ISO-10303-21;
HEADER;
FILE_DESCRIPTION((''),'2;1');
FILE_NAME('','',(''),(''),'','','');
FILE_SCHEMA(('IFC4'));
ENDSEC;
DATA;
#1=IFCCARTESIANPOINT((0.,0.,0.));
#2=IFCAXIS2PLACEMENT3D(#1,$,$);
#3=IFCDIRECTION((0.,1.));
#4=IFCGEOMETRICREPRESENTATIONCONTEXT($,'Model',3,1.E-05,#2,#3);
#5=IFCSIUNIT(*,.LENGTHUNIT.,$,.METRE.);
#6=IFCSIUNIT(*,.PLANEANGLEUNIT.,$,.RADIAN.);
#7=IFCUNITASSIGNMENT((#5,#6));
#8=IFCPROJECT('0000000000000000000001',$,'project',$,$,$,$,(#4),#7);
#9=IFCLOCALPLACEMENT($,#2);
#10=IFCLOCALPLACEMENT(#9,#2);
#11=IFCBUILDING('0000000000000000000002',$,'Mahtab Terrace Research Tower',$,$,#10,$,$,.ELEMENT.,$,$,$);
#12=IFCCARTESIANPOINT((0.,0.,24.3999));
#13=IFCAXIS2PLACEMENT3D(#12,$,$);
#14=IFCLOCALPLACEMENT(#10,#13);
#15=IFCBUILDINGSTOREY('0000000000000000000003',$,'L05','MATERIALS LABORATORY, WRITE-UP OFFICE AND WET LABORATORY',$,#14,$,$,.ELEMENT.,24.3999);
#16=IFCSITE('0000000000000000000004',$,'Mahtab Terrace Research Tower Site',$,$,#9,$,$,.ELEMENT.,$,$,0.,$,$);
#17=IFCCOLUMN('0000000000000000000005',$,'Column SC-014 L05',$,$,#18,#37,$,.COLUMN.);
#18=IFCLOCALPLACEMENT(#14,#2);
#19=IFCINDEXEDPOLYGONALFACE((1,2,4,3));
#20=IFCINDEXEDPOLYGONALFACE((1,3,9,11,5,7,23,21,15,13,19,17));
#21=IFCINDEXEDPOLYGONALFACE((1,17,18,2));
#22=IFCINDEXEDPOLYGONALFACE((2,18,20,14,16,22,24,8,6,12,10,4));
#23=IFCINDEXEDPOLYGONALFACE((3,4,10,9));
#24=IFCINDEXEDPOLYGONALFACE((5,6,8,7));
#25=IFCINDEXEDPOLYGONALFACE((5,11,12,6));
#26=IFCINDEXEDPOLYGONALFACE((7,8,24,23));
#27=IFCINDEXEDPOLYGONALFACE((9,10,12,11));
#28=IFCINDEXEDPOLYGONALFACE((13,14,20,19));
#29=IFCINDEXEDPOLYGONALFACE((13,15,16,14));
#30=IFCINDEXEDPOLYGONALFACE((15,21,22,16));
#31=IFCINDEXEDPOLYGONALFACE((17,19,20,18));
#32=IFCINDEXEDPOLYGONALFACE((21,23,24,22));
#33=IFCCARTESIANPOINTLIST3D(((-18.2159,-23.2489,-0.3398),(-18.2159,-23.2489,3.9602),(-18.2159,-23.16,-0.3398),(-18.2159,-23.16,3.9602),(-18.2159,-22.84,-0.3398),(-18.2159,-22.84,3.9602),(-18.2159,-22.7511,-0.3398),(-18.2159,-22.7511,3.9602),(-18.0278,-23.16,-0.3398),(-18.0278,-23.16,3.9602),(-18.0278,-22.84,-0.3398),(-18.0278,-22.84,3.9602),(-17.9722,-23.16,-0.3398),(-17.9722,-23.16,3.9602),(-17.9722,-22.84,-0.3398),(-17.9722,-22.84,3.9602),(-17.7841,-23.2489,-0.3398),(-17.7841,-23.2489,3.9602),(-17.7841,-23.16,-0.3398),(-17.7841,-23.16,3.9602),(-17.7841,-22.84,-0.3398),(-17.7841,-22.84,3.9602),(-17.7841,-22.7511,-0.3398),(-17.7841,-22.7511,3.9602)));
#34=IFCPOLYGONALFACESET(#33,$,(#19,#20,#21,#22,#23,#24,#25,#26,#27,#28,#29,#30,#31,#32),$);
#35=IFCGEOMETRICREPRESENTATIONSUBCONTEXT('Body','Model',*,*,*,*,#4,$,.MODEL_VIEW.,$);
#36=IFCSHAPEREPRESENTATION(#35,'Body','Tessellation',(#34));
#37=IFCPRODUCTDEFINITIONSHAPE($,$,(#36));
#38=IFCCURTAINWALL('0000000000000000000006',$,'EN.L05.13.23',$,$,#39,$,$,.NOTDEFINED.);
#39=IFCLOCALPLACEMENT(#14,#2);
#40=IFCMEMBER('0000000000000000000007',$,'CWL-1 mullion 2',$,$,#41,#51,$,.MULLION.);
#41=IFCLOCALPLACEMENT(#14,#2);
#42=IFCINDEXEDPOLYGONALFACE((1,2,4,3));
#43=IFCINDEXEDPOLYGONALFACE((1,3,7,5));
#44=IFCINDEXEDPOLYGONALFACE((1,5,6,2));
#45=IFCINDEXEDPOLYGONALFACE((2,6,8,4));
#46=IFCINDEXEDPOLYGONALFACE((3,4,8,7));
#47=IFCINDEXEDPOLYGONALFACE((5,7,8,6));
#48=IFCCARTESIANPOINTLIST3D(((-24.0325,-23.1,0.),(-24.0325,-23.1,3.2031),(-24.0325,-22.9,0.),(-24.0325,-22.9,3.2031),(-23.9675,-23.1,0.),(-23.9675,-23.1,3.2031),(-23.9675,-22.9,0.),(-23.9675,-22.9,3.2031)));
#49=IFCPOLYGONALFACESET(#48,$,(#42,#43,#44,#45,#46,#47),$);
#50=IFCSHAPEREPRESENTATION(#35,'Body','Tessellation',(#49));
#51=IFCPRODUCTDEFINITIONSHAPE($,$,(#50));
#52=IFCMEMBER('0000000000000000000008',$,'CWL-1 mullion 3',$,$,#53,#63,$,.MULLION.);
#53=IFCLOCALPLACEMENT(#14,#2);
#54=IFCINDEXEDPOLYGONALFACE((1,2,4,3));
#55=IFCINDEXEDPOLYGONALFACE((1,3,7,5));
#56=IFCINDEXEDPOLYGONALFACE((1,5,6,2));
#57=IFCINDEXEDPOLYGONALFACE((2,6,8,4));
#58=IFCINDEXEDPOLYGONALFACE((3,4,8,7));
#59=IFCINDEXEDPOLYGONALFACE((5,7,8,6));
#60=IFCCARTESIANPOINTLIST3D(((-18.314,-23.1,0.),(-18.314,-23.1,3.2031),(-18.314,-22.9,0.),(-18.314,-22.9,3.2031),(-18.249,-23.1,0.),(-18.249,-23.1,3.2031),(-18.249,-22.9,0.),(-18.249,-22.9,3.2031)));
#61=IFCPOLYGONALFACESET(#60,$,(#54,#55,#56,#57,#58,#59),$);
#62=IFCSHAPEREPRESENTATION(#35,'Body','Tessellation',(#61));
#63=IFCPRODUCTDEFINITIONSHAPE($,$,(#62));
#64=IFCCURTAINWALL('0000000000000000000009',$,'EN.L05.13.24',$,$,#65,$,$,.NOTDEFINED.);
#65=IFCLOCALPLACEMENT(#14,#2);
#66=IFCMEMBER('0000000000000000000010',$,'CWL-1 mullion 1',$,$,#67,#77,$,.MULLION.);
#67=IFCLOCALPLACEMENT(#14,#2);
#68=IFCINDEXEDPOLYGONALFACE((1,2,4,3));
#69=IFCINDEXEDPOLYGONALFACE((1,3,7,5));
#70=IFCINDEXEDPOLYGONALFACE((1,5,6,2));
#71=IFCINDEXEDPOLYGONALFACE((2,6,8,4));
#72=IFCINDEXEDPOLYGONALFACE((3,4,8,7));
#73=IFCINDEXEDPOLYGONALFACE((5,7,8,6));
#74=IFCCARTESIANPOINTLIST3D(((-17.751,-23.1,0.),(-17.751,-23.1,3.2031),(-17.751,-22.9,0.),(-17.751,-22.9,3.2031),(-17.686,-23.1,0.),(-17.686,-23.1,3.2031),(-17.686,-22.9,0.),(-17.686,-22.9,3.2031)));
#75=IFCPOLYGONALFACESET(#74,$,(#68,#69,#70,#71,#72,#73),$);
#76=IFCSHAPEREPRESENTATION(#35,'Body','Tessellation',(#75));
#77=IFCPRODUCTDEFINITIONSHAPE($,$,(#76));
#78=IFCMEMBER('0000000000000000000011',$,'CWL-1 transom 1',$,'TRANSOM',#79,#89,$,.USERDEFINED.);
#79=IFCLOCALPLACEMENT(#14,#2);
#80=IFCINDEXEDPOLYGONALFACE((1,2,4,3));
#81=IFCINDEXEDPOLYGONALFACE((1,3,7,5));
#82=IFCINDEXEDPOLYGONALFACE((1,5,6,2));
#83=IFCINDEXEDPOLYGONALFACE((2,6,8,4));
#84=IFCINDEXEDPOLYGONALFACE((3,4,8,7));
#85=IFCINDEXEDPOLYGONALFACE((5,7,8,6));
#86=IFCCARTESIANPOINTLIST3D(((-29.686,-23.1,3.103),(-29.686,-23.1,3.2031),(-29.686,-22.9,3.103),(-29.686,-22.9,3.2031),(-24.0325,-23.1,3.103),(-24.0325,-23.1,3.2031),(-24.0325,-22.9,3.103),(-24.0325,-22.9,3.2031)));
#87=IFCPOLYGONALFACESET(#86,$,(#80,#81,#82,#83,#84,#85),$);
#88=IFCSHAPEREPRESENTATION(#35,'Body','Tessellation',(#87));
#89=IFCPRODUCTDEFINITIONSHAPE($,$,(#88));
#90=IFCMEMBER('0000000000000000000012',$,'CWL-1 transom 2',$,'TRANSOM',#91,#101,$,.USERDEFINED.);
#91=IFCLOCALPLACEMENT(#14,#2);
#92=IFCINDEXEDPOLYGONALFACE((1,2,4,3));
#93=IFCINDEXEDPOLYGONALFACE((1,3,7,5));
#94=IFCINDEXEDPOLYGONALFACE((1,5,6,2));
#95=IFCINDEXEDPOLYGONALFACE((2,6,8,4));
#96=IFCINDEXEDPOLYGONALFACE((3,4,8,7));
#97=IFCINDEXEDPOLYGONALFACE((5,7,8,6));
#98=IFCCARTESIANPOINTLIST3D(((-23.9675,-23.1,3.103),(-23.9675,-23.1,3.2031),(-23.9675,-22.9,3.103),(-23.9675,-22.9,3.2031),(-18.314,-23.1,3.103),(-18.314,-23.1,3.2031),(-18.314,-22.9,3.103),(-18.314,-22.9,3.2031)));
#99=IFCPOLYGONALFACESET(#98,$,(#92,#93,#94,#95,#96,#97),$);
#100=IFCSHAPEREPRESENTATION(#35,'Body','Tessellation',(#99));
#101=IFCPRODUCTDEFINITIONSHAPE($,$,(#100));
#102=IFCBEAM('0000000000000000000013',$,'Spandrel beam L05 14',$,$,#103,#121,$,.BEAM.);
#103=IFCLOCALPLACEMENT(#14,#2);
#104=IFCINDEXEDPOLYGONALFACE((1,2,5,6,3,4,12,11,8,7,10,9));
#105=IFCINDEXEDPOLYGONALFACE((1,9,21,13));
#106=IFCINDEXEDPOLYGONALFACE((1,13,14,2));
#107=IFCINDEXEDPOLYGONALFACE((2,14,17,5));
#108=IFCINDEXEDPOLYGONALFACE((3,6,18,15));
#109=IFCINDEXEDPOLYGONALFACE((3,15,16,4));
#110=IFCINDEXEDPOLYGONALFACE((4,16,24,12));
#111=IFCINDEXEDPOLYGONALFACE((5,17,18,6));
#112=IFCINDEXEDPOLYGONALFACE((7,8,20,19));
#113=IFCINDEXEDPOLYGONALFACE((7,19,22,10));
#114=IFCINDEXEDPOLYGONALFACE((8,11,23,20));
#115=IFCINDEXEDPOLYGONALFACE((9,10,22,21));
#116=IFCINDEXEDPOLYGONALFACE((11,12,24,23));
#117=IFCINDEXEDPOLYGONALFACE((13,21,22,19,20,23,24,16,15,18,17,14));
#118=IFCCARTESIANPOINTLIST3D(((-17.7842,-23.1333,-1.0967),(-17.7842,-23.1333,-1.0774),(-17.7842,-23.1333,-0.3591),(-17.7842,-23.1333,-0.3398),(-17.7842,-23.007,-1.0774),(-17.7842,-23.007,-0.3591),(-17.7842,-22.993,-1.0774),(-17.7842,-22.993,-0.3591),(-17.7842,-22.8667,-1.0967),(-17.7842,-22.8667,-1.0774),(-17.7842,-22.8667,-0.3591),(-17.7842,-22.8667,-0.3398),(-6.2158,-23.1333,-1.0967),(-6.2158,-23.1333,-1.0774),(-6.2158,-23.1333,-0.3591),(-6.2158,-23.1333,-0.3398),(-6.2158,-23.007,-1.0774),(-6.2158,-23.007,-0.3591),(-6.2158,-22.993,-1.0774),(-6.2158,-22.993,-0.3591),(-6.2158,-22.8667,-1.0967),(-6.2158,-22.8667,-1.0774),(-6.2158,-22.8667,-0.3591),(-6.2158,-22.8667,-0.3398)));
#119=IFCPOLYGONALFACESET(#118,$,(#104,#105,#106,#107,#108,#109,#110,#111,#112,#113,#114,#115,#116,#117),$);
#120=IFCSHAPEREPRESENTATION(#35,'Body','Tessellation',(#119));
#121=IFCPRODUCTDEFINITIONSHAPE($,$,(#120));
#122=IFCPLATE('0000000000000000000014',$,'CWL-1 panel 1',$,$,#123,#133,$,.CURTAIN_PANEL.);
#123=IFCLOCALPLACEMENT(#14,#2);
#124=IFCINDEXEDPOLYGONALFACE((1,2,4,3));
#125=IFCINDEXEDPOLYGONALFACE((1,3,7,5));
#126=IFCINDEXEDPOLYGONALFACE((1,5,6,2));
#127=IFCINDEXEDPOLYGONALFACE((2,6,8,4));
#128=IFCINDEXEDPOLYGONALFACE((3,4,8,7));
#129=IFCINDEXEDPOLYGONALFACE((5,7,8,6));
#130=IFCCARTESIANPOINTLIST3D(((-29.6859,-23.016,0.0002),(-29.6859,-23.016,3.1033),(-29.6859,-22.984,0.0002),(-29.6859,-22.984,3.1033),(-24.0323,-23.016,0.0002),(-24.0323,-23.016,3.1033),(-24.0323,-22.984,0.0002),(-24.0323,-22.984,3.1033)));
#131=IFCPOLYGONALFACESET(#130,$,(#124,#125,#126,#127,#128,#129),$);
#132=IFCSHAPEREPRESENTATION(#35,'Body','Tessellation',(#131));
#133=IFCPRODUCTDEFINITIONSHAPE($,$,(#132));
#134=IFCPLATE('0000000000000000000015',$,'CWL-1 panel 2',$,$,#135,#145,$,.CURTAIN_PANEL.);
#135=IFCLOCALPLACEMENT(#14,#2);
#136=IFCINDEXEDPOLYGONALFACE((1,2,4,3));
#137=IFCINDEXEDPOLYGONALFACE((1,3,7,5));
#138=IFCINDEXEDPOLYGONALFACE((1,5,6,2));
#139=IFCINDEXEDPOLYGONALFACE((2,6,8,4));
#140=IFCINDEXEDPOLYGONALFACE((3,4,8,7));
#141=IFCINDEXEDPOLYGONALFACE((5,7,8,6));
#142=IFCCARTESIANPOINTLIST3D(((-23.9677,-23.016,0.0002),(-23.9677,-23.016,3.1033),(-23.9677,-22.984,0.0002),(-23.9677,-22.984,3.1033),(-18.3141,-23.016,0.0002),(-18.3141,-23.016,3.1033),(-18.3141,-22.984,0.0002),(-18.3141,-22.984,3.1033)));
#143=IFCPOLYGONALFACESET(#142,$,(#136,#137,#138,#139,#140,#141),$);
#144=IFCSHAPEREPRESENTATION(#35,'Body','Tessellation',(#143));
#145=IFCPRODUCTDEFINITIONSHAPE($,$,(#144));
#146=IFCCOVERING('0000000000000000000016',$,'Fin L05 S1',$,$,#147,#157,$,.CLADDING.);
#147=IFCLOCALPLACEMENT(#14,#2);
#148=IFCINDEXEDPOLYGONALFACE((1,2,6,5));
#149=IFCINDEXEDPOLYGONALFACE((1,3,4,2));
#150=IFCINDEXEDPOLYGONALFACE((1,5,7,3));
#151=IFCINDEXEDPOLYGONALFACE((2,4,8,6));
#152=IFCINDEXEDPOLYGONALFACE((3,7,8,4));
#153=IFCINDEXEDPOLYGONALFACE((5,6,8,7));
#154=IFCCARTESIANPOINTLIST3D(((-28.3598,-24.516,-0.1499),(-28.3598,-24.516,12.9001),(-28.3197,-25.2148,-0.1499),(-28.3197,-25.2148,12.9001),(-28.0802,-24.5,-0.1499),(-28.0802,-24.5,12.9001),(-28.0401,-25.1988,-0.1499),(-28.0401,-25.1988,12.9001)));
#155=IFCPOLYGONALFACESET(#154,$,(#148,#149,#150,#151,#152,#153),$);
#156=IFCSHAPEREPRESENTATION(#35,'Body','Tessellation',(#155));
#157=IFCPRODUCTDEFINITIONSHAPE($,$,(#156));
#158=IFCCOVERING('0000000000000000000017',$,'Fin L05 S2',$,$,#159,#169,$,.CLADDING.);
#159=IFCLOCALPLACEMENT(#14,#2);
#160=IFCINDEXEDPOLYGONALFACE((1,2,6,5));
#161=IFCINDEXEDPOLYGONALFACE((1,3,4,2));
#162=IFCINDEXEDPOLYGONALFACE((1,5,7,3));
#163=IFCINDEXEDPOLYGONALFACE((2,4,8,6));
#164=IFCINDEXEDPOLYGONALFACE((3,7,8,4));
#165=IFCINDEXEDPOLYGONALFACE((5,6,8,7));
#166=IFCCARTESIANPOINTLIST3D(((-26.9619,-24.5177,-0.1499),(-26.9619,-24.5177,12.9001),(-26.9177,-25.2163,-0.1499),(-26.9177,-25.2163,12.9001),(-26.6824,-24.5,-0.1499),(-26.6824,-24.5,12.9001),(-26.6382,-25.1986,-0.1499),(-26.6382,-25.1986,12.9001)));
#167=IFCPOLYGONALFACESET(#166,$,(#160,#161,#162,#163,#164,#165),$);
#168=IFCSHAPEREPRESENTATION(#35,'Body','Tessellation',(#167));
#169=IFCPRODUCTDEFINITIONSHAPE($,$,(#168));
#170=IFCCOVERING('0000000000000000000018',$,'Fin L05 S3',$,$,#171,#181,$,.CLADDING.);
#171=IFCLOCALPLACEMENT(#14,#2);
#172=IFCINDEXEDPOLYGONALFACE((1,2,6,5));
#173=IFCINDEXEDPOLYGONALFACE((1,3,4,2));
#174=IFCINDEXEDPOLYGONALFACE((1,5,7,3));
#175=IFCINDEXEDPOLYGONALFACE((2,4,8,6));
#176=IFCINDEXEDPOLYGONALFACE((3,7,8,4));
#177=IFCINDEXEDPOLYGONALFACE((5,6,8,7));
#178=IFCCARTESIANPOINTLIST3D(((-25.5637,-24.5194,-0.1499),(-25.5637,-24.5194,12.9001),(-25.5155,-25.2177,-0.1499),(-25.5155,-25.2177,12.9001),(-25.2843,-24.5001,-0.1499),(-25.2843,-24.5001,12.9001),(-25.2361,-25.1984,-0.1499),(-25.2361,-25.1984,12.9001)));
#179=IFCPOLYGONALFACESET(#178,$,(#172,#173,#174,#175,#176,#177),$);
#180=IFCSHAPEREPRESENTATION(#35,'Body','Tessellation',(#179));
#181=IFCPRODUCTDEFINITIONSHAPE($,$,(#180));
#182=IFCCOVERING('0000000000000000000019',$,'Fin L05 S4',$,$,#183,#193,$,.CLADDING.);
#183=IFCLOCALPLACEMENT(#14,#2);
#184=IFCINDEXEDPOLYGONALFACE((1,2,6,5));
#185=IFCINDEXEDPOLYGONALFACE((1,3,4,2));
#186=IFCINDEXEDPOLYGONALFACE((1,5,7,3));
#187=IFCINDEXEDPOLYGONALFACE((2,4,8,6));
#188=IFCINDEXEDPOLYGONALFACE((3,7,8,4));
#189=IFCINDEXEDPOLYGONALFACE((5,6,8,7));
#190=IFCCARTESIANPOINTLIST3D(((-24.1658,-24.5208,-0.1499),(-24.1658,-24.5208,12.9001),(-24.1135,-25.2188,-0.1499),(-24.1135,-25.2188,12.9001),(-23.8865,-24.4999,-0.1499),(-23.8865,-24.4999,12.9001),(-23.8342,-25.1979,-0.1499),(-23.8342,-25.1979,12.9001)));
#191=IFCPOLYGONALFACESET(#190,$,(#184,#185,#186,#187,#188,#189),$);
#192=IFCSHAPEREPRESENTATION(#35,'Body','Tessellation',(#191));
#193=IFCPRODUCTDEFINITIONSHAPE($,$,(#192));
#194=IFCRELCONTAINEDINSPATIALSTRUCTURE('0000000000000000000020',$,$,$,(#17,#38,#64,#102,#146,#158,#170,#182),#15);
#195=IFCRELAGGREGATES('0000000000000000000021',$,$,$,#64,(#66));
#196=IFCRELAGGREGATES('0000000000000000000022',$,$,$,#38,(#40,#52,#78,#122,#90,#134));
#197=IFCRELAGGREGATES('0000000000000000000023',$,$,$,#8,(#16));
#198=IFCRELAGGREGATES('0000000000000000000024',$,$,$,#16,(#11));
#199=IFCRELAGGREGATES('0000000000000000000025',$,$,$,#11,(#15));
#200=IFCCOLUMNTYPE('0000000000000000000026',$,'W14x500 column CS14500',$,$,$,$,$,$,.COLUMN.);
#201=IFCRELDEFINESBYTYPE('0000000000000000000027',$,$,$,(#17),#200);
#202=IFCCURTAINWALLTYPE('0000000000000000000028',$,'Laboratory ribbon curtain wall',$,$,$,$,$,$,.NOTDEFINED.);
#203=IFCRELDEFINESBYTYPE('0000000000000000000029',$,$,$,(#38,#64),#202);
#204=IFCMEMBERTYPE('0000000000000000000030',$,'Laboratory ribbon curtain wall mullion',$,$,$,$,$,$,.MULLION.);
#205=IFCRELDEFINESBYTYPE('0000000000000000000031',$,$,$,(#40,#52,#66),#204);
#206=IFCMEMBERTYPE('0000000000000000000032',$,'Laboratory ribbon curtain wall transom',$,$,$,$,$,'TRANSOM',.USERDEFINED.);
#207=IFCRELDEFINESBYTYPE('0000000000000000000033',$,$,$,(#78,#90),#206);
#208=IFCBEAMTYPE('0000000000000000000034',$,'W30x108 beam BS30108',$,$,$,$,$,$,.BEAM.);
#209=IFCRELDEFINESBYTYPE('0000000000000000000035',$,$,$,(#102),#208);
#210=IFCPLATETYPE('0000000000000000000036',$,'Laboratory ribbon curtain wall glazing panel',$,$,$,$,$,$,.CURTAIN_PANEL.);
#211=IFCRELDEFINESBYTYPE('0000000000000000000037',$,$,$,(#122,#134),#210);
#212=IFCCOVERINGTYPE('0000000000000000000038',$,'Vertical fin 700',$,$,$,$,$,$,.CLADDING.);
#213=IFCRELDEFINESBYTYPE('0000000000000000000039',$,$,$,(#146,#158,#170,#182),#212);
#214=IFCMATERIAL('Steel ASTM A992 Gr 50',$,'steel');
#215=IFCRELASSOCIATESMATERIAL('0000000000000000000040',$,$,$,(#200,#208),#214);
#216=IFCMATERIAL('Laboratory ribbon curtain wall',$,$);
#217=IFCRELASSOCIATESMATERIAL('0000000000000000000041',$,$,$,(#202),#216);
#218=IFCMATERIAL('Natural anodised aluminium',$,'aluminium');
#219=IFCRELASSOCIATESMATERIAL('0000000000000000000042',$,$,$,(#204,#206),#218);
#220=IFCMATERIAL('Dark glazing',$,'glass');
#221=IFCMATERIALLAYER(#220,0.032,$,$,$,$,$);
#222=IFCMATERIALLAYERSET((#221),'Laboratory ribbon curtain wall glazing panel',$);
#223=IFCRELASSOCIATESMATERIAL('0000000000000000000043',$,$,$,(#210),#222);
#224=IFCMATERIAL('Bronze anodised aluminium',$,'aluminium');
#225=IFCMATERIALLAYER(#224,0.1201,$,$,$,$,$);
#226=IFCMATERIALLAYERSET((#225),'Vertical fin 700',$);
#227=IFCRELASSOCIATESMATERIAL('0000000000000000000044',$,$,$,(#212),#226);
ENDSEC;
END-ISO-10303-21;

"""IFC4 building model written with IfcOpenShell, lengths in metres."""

from ifc_helpers import new_model, si_unit, direction, frame, origin, origin_2d, place, context, subcontext, project, spatial, rectangle, i_section, extrude, material, layer, layer_set, material_profile, profile_set, type_object, element, aggregate, save


model = new_model("IFC4")

# Units and contexts
model_context = context("Model", 3, precision=1e-05, world=origin(), true_north=direction((0.0, 1.0)))
body_context = subcontext(model_context, "Body", "Model", "MODEL_VIEW")
ifc_project = project(units=[si_unit("LENGTHUNIT", "METRE"), si_unit("PLANEANGLEUNIT", "RADIAN")], contexts=[model_context])

# Site, building, storey
site_placement = place(None, origin())
site = spatial("IfcSite", under=ifc_project, at=site_placement, Name="Mahtab Terrace Research Tower Site", CompositionType="ELEMENT", RefElevation=0.0)
building_placement = place(site_placement, origin())
building = spatial("IfcBuilding", under=site, at=building_placement, Name="Mahtab Terrace Research Tower", CompositionType="ELEMENT")
storey_placement = place(building_placement, frame((0.0, 0.0, 24.3999)))
storey = spatial("IfcBuildingStorey", under=building, at=storey_placement, Name="L05", Description="MATERIALS LABORATORY, WRITE-UP OFFICE AND WET LABORATORY", CompositionType="ELEMENT", Elevation=24.3999)

# Column
ifc_material_1 = material(Name="Steel ASTM A992 Gr 50", Category="steel")
ifc_material_profile_1 = material_profile(ifc_material_1, i_section(OverallWidth=0.4319, OverallDepth=0.4978, WebThickness=0.0557, FlangeThickness=0.0889, at=origin_2d()), Name="W14X500")
ifc_profile_set_1 = profile_set([ifc_material_profile_1], Name="Steel ASTM A992 Gr 50")
column_type = type_object("IfcColumnType", Name="W14x500 column CS14500", PredefinedType="COLUMN", material=ifc_profile_set_1)
column_placement = place(storey_placement, frame((-18.0, -23.0, -0.3398), z_axis=(0.0, 0.0, 1.0), x_axis=(1.0, 0.0, 0.0)))
element("IfcColumn", 1, at=column_placement, inside=storey, type_object=column_type, Name="Column SC-014 L05", PredefinedType="COLUMN", context=body_context, shape_type="SweptSolid", body=[
    extrude(i_section(OverallWidth=0.4319, OverallDepth=0.4978, WebThickness=0.0557, FlangeThickness=0.0889, at=origin_2d()), origin(), (0.0, 0.0, 1.0), 4.3),
])

# Curtain wall, members
ifc_material_2 = material(Name="Laboratory ribbon curtain wall")
curtain_wall_type = type_object("IfcCurtainWallType", Name="Laboratory ribbon curtain wall", PredefinedType="NOTDEFINED", material=ifc_material_2)
curtain_wall_1_placement = place(storey_placement, origin())
curtain_wall_1 = element("IfcCurtainWall", 2, at=curtain_wall_1_placement, inside=storey, type_object=curtain_wall_type, Name="EN.L05.13.23", PredefinedType="NOTDEFINED")
ifc_material_3 = material(Name="Natural anodised aluminium", Category="aluminium")
ifc_material_profile_2 = material_profile(ifc_material_3, rectangle(XDim=0.2, YDim=0.0649, at=origin_2d()), Name="MULLION 65x200")
ifc_profile_set_2 = profile_set([ifc_material_profile_2], Name="Natural anodised aluminium")
member_type_1 = type_object("IfcMemberType", Name="Laboratory ribbon curtain wall mullion", PredefinedType="MULLION", material=ifc_profile_set_2)
member_1_placement = place(storey_placement, frame((-24.0, -23.0, 0.0), z_axis=(0.0, 0.0, 1.0), x_axis=(0.0, 1.0, 0.0)))
member_1 = element("IfcMember", 3, at=member_1_placement, type_object=member_type_1, Name="CWL-1 mullion 2", PredefinedType="MULLION", context=body_context, shape_type="SweptSolid", body=[
    extrude(rectangle(XDim=0.2, YDim=0.0649, at=origin_2d()), origin(), (0.0, 0.0, 1.0), 3.2031),
])
member_2_placement = place(storey_placement, frame((-18.2815, -23.0, 0.0), z_axis=(0.0, 0.0, 1.0), x_axis=(0.0, 1.0, 0.0)))
member_2 = element("IfcMember", 4, at=member_2_placement, type_object=member_type_1, Name="CWL-1 mullion 3", PredefinedType="MULLION", context=body_context, shape_type="SweptSolid", body=[
    extrude(rectangle(XDim=0.2, YDim=0.0649, at=origin_2d()), origin(), (0.0, 0.0, 1.0), 3.2031),
])

# Curtain wall, member
curtain_wall_2_placement = place(storey_placement, origin())
curtain_wall_2 = element("IfcCurtainWall", 5, at=curtain_wall_2_placement, inside=storey, type_object=curtain_wall_type, Name="EN.L05.13.24", PredefinedType="NOTDEFINED")
member_3_placement = place(storey_placement, frame((-17.7185, -23.0, 0.0), z_axis=(0.0, 0.0, 1.0), x_axis=(0.0, 1.0, 0.0)))
member_3 = element("IfcMember", 6, at=member_3_placement, type_object=member_type_1, Name="CWL-1 mullion 1", PredefinedType="MULLION", context=body_context, shape_type="SweptSolid", body=[
    extrude(rectangle(XDim=0.2, YDim=0.0649, at=origin_2d()), origin(), (0.0, 0.0, 1.0), 3.2031),
])
aggregate(curtain_wall_2, [member_3])

# Members
ifc_material_profile_3 = material_profile(ifc_material_3, rectangle(XDim=0.2, YDim=0.1001, at=origin_2d()), Name="TRANSOM 100x200")
ifc_profile_set_3 = profile_set([ifc_material_profile_3], Name="Natural anodised aluminium")
member_type_2 = type_object("IfcMemberType", Name="Laboratory ribbon curtain wall transom", ElementType="TRANSOM", PredefinedType="USERDEFINED", material=ifc_profile_set_3)
member_4_placement = place(storey_placement, frame((-29.686, -23.0, 3.1531), z_axis=(1.0, 0.0, 0.0), x_axis=(0.0, 1.0, 0.0)))
member_4 = element("IfcMember", 7, at=member_4_placement, type_object=member_type_2, Name="CWL-1 transom 1", ObjectType="TRANSOM", PredefinedType="USERDEFINED", context=body_context, shape_type="SweptSolid", body=[
    extrude(rectangle(XDim=0.2, YDim=0.1001, at=origin_2d()), origin(), (0.0, 0.0, 1.0), 5.6536),
])
member_5_placement = place(storey_placement, frame((-23.9675, -23.0, 3.1531), z_axis=(1.0, 0.0, 0.0), x_axis=(0.0, 1.0, 0.0)))
member_5 = element("IfcMember", 8, at=member_5_placement, type_object=member_type_2, Name="CWL-1 transom 2", ObjectType="TRANSOM", PredefinedType="USERDEFINED", context=body_context, shape_type="SweptSolid", body=[
    extrude(rectangle(XDim=0.2, YDim=0.1001, at=origin_2d()), origin(), (0.0, 0.0, 1.0), 5.6536),
])

# Beam
ifc_material_profile_4 = material_profile(ifc_material_1, i_section(OverallWidth=0.2666, OverallDepth=0.7568, WebThickness=0.0139, FlangeThickness=0.0193, at=origin_2d()), Name="W30X108")
ifc_profile_set_4 = profile_set([ifc_material_profile_4], Name="Steel ASTM A992 Gr 50")
beam_type = type_object("IfcBeamType", Name="W30x108 beam BS30108", PredefinedType="BEAM", material=ifc_profile_set_4)
beam_placement = place(storey_placement, frame((-17.7842, -23.0, -0.7183), z_axis=(1.0, 0.0, 0.0), x_axis=(0.0, 1.0, 0.0)))
element("IfcBeam", 9, at=beam_placement, inside=storey, type_object=beam_type, Name="Spandrel beam L05 14", PredefinedType="BEAM", context=body_context, shape_type="SweptSolid", body=[
    extrude(i_section(OverallWidth=0.2666, OverallDepth=0.7568, WebThickness=0.0139, FlangeThickness=0.0193, at=origin_2d()), origin(), (0.0, 0.0, 1.0), 11.5684),
])

# Plates
ifc_material_4 = material(Name="Dark glazing", Category="glass")
ifc_layer_1 = layer(ifc_material_4, 0.032)
ifc_layer_set_1 = layer_set([ifc_layer_1], Name="Laboratory ribbon curtain wall glazing panel")
plate_type = type_object("IfcPlateType", Name="Laboratory ribbon curtain wall glazing panel", PredefinedType="CURTAIN_PANEL", material=ifc_layer_set_1)
plate_1_placement = place(storey_placement, frame((-26.8591, -23.0, 0.0002), z_axis=(0.0, 0.0, 1.0), x_axis=(1.0, 0.0, 0.0)))
plate_1 = element("IfcPlate", 10, at=plate_1_placement, type_object=plate_type, Name="CWL-1 panel 1", PredefinedType="CURTAIN_PANEL", context=body_context, shape_type="SweptSolid", body=[
    extrude(rectangle(XDim=5.6536, YDim=0.032, at=origin_2d()), origin(), (0.0, 0.0, 1.0), 3.103),
])
plate_2_placement = place(storey_placement, frame((-21.1409, -23.0, 0.0002), z_axis=(0.0, 0.0, 1.0), x_axis=(1.0, 0.0, 0.0)))
plate_2 = element("IfcPlate", 11, at=plate_2_placement, type_object=plate_type, Name="CWL-1 panel 2", PredefinedType="CURTAIN_PANEL", context=body_context, shape_type="SweptSolid", body=[
    extrude(rectangle(XDim=5.6536, YDim=0.032, at=origin_2d()), origin(), (0.0, 0.0, 1.0), 3.103),
])
aggregate(curtain_wall_1, [member_1, member_2, member_4, plate_1, member_5, plate_2])

# Coverings
ifc_material_5 = material(Name="Bronze anodised aluminium", Category="aluminium")
ifc_layer_2 = layer(ifc_material_5, 0.1201)
ifc_layer_set_2 = layer_set([ifc_layer_2], Name="Vertical fin 700")
covering_type = type_object("IfcCoveringType", Name="Vertical fin 700", PredefinedType="CLADDING", material=ifc_layer_set_2)
for number, where, z_axis, x_axis, name in (
    (12, (-28.2, -24.8574, -0.1499), (0.0, 0.0, 1.0), (0.998356, 0.057315, 0.0), "Fin L05 S1"),
    (13, (-26.8, -24.8582, -0.1499), (0.0, 0.0, 1.0), (0.998006, 0.063122, 0.0), "Fin L05 S2"),
    (14, (-25.3999, -24.8589, -0.1499), (0.0, 0.0, 1.0), (0.997622, 0.068927, 0.0), "Fin L05 S3"),
    (15, (-24.0, -24.8594, -0.1499), (0.0, 0.0, 1.0), (0.997204, 0.07473, 0.0), "Fin L05 S4"),
):
    element("IfcCovering", number, at=place(storey_placement, frame(where, z_axis=z_axis, x_axis=x_axis)), inside=storey, type_object=covering_type, Name=name, PredefinedType="CLADDING", context=body_context, shape_type="SweptSolid", body=[
        extrude(rectangle(XDim=0.28, YDim=0.7, at=origin_2d()), origin(), (0.0, 0.0, 1.0), 13.05),
    ])

save(model, "model.ifc")
